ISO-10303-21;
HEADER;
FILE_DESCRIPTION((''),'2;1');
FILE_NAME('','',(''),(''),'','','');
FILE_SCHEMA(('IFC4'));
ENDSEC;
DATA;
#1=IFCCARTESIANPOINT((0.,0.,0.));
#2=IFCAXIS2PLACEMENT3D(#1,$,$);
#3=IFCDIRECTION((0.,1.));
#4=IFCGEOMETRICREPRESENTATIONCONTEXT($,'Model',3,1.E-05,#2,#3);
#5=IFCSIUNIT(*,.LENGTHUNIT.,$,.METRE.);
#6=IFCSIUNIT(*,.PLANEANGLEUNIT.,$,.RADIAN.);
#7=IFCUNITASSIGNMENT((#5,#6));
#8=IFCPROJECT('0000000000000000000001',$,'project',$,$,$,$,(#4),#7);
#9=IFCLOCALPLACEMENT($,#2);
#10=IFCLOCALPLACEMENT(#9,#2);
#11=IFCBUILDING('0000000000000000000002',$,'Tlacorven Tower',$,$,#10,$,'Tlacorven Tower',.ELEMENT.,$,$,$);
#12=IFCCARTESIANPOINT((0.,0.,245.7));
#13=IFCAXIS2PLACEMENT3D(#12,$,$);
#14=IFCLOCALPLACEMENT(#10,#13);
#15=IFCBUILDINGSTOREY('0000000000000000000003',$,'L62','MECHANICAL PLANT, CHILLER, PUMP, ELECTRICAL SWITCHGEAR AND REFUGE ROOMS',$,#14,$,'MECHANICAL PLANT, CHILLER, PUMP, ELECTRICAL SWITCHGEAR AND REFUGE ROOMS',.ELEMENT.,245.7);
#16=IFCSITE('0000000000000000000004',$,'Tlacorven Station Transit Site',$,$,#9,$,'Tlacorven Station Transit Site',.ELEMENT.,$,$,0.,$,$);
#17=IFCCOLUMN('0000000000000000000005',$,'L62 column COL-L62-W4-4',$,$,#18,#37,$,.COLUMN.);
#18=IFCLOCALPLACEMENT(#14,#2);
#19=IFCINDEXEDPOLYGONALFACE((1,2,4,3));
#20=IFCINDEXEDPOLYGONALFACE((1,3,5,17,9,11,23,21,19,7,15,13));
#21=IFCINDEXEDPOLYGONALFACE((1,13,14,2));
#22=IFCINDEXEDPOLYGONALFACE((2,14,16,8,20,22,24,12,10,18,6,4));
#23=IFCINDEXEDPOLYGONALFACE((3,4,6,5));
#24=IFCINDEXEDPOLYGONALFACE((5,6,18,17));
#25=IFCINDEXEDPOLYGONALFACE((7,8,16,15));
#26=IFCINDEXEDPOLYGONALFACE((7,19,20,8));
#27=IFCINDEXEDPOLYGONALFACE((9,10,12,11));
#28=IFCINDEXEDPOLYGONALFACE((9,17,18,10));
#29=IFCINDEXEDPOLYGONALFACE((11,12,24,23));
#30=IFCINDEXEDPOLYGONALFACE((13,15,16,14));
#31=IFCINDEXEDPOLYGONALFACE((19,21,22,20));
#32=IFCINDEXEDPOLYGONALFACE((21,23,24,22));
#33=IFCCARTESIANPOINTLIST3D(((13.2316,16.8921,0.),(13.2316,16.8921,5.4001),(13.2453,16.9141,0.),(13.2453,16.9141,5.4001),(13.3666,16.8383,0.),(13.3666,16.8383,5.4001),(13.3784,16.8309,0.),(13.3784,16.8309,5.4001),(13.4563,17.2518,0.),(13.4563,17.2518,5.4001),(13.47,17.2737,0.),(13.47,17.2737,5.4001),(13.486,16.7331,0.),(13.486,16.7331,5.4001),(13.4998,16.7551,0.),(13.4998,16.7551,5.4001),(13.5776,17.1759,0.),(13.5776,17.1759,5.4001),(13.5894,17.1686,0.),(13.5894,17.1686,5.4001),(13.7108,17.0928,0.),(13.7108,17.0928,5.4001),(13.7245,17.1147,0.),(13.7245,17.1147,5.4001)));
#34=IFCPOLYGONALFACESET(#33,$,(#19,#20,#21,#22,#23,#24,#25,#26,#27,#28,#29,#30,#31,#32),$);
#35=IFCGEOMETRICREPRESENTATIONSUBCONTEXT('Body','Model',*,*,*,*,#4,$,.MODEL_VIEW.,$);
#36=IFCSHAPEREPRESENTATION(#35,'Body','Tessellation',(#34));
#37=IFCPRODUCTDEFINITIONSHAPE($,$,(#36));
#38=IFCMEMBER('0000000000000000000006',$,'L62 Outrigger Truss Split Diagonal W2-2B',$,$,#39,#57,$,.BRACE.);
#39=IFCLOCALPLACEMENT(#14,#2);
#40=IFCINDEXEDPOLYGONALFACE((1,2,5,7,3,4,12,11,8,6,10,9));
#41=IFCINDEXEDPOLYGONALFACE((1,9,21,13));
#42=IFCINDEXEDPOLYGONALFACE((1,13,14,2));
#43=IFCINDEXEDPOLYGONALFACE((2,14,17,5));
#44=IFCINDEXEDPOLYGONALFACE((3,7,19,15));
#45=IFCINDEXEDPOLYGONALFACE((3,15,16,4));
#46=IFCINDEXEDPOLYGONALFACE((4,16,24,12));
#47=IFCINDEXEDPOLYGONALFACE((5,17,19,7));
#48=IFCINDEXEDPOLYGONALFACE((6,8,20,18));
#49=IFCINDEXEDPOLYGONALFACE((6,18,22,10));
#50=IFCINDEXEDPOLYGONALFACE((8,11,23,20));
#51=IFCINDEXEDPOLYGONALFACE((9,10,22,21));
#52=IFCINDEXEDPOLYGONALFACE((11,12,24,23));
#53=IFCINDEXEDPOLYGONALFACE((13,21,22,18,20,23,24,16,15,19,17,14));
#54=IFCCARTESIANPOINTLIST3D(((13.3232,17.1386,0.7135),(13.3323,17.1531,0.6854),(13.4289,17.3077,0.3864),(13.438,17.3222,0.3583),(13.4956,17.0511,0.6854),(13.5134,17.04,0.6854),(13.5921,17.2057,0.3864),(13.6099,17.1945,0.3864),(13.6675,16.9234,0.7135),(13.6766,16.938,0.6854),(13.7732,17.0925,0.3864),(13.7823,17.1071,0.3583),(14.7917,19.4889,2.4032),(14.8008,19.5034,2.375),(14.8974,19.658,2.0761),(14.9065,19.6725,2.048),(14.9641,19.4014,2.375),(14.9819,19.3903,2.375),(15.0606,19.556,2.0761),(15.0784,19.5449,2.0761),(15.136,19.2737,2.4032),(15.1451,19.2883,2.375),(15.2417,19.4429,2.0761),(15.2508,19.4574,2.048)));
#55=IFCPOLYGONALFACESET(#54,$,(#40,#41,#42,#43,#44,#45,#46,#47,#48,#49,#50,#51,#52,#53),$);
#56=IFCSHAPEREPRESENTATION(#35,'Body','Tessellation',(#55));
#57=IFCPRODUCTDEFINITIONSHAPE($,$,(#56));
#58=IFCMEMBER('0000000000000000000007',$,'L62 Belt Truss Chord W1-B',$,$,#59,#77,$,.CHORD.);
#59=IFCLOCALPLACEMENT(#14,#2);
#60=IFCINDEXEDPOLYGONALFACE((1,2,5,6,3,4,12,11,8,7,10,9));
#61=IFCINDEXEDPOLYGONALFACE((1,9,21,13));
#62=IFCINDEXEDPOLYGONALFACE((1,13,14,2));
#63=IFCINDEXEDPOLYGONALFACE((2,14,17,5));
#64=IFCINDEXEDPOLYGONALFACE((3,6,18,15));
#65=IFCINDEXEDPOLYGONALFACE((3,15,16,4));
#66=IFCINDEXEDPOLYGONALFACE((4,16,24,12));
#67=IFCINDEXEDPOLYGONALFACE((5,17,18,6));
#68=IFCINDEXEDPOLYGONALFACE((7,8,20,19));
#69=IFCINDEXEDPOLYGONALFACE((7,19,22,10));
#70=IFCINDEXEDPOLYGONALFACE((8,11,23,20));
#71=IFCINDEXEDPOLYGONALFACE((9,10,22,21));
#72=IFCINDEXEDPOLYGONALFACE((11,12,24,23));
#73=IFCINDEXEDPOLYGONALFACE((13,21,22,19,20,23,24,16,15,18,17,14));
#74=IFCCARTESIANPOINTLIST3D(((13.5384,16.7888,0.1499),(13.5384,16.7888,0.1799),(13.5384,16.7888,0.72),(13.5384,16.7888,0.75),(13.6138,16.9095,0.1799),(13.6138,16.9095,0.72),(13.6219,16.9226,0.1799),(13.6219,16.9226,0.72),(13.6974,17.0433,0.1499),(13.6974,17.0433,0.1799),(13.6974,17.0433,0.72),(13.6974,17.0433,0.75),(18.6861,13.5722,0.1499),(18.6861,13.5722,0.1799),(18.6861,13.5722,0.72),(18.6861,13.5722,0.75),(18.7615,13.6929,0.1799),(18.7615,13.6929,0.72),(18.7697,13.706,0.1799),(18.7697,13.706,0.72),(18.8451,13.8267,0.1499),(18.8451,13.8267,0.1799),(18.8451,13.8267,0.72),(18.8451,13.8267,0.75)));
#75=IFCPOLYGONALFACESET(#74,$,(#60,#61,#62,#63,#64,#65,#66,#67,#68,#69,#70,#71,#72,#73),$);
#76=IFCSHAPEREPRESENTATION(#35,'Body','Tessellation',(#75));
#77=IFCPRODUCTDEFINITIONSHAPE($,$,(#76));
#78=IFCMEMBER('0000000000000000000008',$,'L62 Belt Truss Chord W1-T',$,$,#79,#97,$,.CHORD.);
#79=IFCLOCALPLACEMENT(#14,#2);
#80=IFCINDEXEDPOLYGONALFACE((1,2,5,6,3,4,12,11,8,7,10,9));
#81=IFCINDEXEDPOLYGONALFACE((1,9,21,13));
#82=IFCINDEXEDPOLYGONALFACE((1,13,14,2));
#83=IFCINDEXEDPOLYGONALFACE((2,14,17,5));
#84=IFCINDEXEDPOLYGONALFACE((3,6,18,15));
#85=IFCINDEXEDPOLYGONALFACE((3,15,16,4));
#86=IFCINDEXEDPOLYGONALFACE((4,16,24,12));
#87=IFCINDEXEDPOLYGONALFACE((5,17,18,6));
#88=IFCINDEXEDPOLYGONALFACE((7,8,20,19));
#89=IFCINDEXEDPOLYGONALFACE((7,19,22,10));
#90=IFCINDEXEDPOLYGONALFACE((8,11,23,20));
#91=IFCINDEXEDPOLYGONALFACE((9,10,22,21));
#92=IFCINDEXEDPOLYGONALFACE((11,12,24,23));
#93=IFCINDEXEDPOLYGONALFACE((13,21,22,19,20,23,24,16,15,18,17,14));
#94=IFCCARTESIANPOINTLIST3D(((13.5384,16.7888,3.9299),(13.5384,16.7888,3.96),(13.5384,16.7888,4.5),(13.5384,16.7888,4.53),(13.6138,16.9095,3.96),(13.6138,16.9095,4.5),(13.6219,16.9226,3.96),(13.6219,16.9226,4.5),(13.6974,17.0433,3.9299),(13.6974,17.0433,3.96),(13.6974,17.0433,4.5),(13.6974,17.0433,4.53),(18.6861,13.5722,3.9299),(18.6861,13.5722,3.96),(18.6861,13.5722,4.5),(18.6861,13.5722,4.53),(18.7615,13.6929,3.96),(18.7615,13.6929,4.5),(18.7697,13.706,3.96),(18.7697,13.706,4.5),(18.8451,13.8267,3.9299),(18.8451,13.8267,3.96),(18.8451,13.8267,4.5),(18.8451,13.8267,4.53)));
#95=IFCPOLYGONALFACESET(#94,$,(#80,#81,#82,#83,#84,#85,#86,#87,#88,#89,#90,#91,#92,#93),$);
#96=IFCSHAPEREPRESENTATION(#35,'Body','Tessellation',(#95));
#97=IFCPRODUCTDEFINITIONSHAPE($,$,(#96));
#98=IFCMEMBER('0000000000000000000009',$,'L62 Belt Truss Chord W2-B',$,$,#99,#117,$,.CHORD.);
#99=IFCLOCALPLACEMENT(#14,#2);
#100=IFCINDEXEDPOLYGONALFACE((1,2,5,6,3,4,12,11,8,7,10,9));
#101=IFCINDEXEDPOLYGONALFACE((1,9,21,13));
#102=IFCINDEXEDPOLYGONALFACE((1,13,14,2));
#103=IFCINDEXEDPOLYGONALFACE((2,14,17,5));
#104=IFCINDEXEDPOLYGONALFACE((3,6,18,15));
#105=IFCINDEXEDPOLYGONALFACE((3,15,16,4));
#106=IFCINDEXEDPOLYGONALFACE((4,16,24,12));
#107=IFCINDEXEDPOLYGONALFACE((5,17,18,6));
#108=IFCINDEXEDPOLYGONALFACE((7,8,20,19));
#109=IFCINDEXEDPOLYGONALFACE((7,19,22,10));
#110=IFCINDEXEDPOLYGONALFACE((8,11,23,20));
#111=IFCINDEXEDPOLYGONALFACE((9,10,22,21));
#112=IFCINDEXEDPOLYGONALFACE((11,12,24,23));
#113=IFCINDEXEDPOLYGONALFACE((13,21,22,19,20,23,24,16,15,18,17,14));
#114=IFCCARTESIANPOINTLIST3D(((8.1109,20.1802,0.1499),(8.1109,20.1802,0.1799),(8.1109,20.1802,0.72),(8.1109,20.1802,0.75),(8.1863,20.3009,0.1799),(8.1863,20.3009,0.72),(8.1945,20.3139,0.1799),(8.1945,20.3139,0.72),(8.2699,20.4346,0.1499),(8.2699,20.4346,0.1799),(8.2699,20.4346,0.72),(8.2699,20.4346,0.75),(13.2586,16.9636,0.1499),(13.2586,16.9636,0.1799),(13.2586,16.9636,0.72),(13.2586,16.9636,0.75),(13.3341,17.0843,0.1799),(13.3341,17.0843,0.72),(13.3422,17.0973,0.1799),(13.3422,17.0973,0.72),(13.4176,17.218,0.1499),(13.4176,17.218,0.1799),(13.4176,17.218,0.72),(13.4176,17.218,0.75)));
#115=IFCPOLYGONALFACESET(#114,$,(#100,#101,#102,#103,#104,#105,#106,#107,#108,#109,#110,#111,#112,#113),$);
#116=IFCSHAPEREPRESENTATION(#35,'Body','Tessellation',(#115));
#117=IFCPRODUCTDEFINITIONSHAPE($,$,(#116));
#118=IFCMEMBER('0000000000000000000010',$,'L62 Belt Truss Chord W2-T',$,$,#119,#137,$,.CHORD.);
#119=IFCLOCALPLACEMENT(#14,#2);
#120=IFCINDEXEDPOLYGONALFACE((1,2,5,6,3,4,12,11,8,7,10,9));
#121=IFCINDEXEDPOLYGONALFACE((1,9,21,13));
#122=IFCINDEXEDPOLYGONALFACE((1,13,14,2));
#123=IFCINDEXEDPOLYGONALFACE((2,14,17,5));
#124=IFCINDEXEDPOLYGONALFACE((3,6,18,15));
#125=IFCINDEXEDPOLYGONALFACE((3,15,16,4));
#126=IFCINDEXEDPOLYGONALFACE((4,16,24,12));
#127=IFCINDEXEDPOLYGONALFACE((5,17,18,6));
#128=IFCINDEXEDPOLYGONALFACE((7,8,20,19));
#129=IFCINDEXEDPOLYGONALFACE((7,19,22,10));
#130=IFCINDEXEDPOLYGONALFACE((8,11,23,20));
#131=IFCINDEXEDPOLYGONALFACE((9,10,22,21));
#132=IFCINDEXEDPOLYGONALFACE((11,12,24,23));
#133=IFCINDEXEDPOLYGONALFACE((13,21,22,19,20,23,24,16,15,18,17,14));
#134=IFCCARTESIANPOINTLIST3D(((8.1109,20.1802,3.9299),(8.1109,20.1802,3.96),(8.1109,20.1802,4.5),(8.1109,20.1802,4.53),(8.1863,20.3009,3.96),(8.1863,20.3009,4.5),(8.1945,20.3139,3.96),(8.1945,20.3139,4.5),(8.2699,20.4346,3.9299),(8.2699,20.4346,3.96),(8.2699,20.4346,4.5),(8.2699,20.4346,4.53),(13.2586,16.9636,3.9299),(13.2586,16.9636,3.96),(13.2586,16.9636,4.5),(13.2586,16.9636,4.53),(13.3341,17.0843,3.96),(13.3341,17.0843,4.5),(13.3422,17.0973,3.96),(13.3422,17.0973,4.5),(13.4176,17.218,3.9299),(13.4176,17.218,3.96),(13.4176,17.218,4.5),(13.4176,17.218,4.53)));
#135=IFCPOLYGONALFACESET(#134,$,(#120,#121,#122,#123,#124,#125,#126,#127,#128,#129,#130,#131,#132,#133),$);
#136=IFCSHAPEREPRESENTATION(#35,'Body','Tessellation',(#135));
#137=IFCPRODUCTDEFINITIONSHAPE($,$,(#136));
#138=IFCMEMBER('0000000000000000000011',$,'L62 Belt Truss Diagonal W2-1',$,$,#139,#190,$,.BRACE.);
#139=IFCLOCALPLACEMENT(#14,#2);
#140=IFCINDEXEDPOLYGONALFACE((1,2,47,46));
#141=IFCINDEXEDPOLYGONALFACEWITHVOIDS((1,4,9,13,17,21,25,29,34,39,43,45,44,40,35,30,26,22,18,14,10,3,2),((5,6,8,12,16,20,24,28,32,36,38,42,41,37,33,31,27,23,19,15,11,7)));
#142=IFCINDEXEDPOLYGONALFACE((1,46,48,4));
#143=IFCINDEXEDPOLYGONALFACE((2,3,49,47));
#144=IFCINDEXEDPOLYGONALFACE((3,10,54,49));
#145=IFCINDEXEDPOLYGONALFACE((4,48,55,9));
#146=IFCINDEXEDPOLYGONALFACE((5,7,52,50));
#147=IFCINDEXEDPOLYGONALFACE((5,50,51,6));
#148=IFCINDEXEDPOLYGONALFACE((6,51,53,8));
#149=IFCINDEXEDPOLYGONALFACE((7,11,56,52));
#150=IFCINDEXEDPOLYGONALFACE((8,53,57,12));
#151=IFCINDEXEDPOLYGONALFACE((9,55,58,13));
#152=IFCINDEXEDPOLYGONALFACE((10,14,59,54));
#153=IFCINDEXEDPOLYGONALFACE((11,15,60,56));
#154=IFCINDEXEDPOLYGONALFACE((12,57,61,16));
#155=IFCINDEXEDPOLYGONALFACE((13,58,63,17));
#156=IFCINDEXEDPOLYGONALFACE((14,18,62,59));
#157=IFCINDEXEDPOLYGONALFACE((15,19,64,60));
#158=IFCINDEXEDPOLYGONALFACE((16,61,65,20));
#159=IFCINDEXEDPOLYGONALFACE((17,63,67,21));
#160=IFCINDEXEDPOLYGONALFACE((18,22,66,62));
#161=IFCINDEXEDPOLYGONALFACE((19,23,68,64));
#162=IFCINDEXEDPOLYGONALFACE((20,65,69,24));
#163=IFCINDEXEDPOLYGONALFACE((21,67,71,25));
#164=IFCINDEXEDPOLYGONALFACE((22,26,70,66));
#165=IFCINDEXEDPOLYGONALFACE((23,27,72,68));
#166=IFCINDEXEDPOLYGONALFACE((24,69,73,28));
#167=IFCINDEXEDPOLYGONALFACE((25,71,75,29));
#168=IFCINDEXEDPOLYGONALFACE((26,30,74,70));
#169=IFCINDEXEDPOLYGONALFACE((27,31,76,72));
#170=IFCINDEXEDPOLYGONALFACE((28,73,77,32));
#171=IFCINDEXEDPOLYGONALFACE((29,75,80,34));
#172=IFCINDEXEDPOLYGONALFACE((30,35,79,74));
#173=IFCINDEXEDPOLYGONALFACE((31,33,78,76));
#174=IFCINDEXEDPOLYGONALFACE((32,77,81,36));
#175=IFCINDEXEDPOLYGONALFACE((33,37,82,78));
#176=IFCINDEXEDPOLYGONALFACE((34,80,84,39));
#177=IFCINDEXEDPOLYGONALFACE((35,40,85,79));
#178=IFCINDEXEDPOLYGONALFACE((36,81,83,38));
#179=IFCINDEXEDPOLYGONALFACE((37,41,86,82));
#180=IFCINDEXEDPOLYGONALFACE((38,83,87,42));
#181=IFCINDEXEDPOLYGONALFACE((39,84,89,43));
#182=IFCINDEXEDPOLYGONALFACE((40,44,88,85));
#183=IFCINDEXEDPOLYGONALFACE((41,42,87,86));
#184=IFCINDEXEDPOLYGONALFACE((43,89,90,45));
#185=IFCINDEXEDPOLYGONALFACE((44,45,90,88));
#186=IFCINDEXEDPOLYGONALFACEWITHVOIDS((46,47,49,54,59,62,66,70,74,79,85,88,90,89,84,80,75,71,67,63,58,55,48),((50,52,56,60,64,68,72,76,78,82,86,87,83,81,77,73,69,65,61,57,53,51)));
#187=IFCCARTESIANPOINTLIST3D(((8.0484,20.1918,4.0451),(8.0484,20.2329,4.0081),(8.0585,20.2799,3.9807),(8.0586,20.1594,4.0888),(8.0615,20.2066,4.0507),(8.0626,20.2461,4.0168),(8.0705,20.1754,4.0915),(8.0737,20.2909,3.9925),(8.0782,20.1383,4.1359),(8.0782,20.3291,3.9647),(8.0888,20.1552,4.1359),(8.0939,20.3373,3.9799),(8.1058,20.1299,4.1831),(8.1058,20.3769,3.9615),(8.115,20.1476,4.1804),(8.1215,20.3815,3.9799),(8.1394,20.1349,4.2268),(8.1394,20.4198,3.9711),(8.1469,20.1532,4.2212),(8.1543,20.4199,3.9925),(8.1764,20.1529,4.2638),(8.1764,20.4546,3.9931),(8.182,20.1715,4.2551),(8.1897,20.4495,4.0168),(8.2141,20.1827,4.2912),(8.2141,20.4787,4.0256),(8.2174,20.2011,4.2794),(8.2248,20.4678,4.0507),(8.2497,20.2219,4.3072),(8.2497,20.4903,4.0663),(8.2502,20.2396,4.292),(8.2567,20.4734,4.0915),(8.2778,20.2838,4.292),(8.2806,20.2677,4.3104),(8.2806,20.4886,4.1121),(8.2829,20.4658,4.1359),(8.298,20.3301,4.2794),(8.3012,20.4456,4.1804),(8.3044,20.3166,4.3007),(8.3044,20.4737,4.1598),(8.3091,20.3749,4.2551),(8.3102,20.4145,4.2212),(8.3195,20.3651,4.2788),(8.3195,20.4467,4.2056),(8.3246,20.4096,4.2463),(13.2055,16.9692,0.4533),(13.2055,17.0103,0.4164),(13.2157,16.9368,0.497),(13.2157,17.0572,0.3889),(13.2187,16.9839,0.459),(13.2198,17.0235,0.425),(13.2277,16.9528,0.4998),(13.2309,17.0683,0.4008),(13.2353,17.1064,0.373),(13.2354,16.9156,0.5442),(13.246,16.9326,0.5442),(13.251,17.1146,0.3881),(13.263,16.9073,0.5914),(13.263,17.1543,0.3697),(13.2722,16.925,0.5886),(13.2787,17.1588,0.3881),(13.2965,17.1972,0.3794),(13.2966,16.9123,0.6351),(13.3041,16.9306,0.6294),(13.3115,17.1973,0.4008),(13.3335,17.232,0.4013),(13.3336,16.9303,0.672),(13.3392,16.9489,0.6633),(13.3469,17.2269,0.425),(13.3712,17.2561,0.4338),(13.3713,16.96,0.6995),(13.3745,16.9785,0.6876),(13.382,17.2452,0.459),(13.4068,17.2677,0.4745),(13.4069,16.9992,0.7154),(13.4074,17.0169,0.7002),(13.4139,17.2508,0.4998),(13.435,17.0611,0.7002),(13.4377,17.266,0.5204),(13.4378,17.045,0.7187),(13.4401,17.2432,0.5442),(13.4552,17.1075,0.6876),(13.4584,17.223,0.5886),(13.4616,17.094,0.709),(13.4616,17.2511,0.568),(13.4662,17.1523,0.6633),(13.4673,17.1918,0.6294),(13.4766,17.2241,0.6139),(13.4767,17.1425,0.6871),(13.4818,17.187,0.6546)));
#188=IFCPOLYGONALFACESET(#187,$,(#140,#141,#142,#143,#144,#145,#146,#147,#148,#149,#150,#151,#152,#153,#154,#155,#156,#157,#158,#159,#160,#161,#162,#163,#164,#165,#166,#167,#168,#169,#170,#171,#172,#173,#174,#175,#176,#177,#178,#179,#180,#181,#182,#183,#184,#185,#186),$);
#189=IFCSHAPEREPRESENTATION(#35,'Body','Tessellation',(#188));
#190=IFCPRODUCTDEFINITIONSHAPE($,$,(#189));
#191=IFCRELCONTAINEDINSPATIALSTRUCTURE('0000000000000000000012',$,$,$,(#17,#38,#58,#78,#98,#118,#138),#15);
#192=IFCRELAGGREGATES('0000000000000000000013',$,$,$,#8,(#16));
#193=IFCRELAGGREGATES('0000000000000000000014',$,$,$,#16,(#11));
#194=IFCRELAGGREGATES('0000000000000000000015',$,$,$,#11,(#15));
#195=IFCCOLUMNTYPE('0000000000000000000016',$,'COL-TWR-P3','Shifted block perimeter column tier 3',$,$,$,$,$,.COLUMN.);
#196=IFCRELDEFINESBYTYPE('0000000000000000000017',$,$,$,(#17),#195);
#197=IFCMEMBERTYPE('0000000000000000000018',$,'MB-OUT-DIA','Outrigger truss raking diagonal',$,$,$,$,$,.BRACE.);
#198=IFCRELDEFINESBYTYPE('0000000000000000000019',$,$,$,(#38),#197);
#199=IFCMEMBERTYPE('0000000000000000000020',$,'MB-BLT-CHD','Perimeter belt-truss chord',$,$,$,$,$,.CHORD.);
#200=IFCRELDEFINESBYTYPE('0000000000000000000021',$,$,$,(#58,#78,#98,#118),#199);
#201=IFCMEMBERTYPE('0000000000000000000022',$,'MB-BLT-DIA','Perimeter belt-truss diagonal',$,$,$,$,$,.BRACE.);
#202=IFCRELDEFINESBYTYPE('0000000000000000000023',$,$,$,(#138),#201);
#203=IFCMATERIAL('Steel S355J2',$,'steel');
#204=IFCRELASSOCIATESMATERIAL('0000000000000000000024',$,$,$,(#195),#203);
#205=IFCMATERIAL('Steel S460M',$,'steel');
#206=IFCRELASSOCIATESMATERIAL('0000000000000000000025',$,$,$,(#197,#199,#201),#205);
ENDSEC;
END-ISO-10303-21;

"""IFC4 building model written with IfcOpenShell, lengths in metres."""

from ifc_helpers import new_model, si_unit, direction, frame, origin, origin_2d, place, context, subcontext, project, spatial, hollow_circle, i_section, extrude, source, transform, mapped, material, material_profile, profile_set, type_object, element, save


model = new_model("IFC4")

# Units and contexts
model_context = context("Model", 3, precision=1e-05, world=origin(), true_north=direction((0.0, 1.0)))
body_context = subcontext(model_context, "Body", "Model", "MODEL_VIEW")
ifc_project = project(units=[si_unit("LENGTHUNIT", "METRE"), si_unit("PLANEANGLEUNIT", "RADIAN")], contexts=[model_context])

# Site, building, storey
site_placement = place(None, origin())
site = spatial("IfcSite", under=ifc_project, at=site_placement, Name="Tlacorven Station Transit Site", LongName="Tlacorven Station Transit Site", CompositionType="ELEMENT", RefElevation=0.0)
building_placement = place(site_placement, origin())
building = spatial("IfcBuilding", under=site, at=building_placement, Name="Tlacorven Tower", LongName="Tlacorven Tower", CompositionType="ELEMENT")
storey_placement = place(building_placement, frame((0.0, 0.0, 245.7)))
storey = spatial("IfcBuildingStorey", under=building, at=storey_placement, Name="L62", Description="MECHANICAL PLANT, CHILLER, PUMP, ELECTRICAL SWITCHGEAR AND REFUGE ROOMS", LongName="MECHANICAL PLANT, CHILLER, PUMP, ELECTRICAL SWITCHGEAR AND REFUGE ROOMS", CompositionType="ELEMENT", Elevation=245.7)

# Column
ifc_material_1 = material(Name="Steel S355J2", Category="steel")
ifc_material_profile_1 = material_profile(ifc_material_1, i_section(OverallWidth=0.3, OverallDepth=0.45, WebThickness=0.0139, FlangeThickness=0.0259, at=origin_2d()), Name="HEB 450")
ifc_profile_set_1 = profile_set([ifc_material_profile_1], Name="Steel S355J2")
column_type = type_object("IfcColumnType", Name="COL-TWR-P3", Description="Shifted block perimeter column tier 3", PredefinedType="COLUMN", material=ifc_profile_set_1)
shared_shape_1 = source(origin(), body_context, "Body", "SweptSolid", [
    extrude(i_section(OverallWidth=0.3, OverallDepth=0.45, WebThickness=0.0139, FlangeThickness=0.0259, at=origin_2d()), origin(), (0.0, 0.0, 1.0), 5.4001),
])
column_placement = place(storey_placement, frame((13.478, 17.0034, 0.0), z_axis=(0.0, 0.0, 1.0), x_axis=(-0.848048, 0.529919, 0.0)))
element("IfcColumn", 1, at=column_placement, inside=storey, type_object=column_type, Name="L62 column COL-L62-W4-4", PredefinedType="COLUMN", context=body_context, shape_type="MappedRepresentation", body=[
    mapped(shared_shape_1, transform((0.0, 0.0, 0.0), scale=1.0)),
])

# Members
ifc_material_2 = material(Name="Steel S460M", Category="steel")
ifc_material_profile_2 = material_profile(ifc_material_2, i_section(OverallWidth=0.406, OverallDepth=0.416, WebThickness=0.021, FlangeThickness=0.033, at=origin_2d()), Name="HD 400X382")
ifc_profile_set_2 = profile_set([ifc_material_profile_2], Name="Steel S460M")
member_type_1 = type_object("IfcMemberType", Name="MB-OUT-DIA", Description="Outrigger truss raking diagonal", PredefinedType="BRACE", material=ifc_profile_set_2)
shared_shape_2 = source(origin(), body_context, "Body", "SweptSolid", [
    extrude(i_section(OverallWidth=0.406, OverallDepth=0.416, WebThickness=0.021, FlangeThickness=0.033, at=origin_2d()), origin(), (0.0, 0.0, 1.0), 3.2458),
])
member_1_placement = place(storey_placement, frame((15.0212, 19.4731, 2.2256), z_axis=(-0.452422, -0.724102, -0.520568), x_axis=(0.848073, -0.52988, 0.0)))
element("IfcMember", 2, at=member_1_placement, inside=storey, type_object=member_type_1, Name="L62 Outrigger Truss Split Diagonal W2-2B", PredefinedType="BRACE", context=body_context, shape_type="MappedRepresentation", body=[
    mapped(shared_shape_2, transform((0.0, 0.0, 0.0), scale=1.0)),
])
ifc_material_profile_3 = material_profile(ifc_material_2, i_section(OverallWidth=0.3, OverallDepth=0.6001, WebThickness=0.0154, FlangeThickness=0.03, at=origin_2d()), Name="HEB 600")
ifc_profile_set_3 = profile_set([ifc_material_profile_3], Name="Steel S460M")
member_type_2 = type_object("IfcMemberType", Name="MB-BLT-CHD", Description="Perimeter belt-truss chord", PredefinedType="CHORD", material=ifc_profile_set_3)
shared_shape_3 = source(origin(), body_context, "Body", "SweptSolid", [
    extrude(i_section(OverallWidth=0.3, OverallDepth=0.6001, WebThickness=0.0154, FlangeThickness=0.03, at=origin_2d()), origin(), (0.0, 0.0, 1.0), 6.0701),
])
for number, where, z_axis, x_axis, name in (
    (3, (18.7656, 13.6995, 0.45), (-0.848055, 0.529909, 0.0), (-0.529909, -0.848055, 0.0), "L62 Belt Truss Chord W1-B"),
    (4, (18.7656, 13.6995, 4.23), (-0.848055, 0.529909, 0.0), (-0.529909, -0.848055, 0.0), "L62 Belt Truss Chord W1-T"),
    (5, (13.3381, 17.0908, 0.45), (-0.848055, 0.529909, 0.0), (-0.529909, -0.848055, 0.0), "L62 Belt Truss Chord W2-B"),
    (6, (13.3381, 17.0908, 4.23), (-0.848055, 0.529909, 0.0), (-0.529909, -0.848055, 0.0), "L62 Belt Truss Chord W2-T"),
):
    element("IfcMember", number, at=place(storey_placement, frame(where, z_axis=z_axis, x_axis=x_axis)), inside=storey, type_object=member_type_2, Name=name, PredefinedType="CHORD", context=body_context, shape_type="MappedRepresentation", body=[
        mapped(shared_shape_3, transform((0.0, 0.0, 0.0), scale=1.0)),
    ])
ifc_material_profile_4 = material_profile(ifc_material_2, hollow_circle(Radius=0.2031, WallThickness=0.02, at=origin_2d()), Name="CHS 406.4X20")
ifc_profile_set_4 = profile_set([ifc_material_profile_4], Name="Steel S460M")
member_type_3 = type_object("IfcMemberType", Name="MB-BLT-DIA", Description="Perimeter belt-truss diagonal", PredefinedType="BRACE", material=ifc_profile_set_4)
shared_shape_4 = source(origin(), body_context, "Body", "SweptSolid", [
    extrude(hollow_circle(Radius=0.2031, WallThickness=0.02, at=origin_2d()), origin(), (0.0, 0.0, 1.0), 7.0627),
])
member_2_placement = place(storey_placement, frame((13.343, 17.0879, 0.5442), z_axis=(-0.730193, 0.456284, 0.50855), x_axis=(-0.529927, -0.848043, 0.0)))
element("IfcMember", 7, at=member_2_placement, inside=storey, type_object=member_type_3, Name="L62 Belt Truss Diagonal W2-1", PredefinedType="BRACE", context=body_context, shape_type="MappedRepresentation", body=[
    mapped(shared_shape_4, transform((0.0, 0.0, 0.0), scale=1.0)),
])

save(model, "model.ifc")
